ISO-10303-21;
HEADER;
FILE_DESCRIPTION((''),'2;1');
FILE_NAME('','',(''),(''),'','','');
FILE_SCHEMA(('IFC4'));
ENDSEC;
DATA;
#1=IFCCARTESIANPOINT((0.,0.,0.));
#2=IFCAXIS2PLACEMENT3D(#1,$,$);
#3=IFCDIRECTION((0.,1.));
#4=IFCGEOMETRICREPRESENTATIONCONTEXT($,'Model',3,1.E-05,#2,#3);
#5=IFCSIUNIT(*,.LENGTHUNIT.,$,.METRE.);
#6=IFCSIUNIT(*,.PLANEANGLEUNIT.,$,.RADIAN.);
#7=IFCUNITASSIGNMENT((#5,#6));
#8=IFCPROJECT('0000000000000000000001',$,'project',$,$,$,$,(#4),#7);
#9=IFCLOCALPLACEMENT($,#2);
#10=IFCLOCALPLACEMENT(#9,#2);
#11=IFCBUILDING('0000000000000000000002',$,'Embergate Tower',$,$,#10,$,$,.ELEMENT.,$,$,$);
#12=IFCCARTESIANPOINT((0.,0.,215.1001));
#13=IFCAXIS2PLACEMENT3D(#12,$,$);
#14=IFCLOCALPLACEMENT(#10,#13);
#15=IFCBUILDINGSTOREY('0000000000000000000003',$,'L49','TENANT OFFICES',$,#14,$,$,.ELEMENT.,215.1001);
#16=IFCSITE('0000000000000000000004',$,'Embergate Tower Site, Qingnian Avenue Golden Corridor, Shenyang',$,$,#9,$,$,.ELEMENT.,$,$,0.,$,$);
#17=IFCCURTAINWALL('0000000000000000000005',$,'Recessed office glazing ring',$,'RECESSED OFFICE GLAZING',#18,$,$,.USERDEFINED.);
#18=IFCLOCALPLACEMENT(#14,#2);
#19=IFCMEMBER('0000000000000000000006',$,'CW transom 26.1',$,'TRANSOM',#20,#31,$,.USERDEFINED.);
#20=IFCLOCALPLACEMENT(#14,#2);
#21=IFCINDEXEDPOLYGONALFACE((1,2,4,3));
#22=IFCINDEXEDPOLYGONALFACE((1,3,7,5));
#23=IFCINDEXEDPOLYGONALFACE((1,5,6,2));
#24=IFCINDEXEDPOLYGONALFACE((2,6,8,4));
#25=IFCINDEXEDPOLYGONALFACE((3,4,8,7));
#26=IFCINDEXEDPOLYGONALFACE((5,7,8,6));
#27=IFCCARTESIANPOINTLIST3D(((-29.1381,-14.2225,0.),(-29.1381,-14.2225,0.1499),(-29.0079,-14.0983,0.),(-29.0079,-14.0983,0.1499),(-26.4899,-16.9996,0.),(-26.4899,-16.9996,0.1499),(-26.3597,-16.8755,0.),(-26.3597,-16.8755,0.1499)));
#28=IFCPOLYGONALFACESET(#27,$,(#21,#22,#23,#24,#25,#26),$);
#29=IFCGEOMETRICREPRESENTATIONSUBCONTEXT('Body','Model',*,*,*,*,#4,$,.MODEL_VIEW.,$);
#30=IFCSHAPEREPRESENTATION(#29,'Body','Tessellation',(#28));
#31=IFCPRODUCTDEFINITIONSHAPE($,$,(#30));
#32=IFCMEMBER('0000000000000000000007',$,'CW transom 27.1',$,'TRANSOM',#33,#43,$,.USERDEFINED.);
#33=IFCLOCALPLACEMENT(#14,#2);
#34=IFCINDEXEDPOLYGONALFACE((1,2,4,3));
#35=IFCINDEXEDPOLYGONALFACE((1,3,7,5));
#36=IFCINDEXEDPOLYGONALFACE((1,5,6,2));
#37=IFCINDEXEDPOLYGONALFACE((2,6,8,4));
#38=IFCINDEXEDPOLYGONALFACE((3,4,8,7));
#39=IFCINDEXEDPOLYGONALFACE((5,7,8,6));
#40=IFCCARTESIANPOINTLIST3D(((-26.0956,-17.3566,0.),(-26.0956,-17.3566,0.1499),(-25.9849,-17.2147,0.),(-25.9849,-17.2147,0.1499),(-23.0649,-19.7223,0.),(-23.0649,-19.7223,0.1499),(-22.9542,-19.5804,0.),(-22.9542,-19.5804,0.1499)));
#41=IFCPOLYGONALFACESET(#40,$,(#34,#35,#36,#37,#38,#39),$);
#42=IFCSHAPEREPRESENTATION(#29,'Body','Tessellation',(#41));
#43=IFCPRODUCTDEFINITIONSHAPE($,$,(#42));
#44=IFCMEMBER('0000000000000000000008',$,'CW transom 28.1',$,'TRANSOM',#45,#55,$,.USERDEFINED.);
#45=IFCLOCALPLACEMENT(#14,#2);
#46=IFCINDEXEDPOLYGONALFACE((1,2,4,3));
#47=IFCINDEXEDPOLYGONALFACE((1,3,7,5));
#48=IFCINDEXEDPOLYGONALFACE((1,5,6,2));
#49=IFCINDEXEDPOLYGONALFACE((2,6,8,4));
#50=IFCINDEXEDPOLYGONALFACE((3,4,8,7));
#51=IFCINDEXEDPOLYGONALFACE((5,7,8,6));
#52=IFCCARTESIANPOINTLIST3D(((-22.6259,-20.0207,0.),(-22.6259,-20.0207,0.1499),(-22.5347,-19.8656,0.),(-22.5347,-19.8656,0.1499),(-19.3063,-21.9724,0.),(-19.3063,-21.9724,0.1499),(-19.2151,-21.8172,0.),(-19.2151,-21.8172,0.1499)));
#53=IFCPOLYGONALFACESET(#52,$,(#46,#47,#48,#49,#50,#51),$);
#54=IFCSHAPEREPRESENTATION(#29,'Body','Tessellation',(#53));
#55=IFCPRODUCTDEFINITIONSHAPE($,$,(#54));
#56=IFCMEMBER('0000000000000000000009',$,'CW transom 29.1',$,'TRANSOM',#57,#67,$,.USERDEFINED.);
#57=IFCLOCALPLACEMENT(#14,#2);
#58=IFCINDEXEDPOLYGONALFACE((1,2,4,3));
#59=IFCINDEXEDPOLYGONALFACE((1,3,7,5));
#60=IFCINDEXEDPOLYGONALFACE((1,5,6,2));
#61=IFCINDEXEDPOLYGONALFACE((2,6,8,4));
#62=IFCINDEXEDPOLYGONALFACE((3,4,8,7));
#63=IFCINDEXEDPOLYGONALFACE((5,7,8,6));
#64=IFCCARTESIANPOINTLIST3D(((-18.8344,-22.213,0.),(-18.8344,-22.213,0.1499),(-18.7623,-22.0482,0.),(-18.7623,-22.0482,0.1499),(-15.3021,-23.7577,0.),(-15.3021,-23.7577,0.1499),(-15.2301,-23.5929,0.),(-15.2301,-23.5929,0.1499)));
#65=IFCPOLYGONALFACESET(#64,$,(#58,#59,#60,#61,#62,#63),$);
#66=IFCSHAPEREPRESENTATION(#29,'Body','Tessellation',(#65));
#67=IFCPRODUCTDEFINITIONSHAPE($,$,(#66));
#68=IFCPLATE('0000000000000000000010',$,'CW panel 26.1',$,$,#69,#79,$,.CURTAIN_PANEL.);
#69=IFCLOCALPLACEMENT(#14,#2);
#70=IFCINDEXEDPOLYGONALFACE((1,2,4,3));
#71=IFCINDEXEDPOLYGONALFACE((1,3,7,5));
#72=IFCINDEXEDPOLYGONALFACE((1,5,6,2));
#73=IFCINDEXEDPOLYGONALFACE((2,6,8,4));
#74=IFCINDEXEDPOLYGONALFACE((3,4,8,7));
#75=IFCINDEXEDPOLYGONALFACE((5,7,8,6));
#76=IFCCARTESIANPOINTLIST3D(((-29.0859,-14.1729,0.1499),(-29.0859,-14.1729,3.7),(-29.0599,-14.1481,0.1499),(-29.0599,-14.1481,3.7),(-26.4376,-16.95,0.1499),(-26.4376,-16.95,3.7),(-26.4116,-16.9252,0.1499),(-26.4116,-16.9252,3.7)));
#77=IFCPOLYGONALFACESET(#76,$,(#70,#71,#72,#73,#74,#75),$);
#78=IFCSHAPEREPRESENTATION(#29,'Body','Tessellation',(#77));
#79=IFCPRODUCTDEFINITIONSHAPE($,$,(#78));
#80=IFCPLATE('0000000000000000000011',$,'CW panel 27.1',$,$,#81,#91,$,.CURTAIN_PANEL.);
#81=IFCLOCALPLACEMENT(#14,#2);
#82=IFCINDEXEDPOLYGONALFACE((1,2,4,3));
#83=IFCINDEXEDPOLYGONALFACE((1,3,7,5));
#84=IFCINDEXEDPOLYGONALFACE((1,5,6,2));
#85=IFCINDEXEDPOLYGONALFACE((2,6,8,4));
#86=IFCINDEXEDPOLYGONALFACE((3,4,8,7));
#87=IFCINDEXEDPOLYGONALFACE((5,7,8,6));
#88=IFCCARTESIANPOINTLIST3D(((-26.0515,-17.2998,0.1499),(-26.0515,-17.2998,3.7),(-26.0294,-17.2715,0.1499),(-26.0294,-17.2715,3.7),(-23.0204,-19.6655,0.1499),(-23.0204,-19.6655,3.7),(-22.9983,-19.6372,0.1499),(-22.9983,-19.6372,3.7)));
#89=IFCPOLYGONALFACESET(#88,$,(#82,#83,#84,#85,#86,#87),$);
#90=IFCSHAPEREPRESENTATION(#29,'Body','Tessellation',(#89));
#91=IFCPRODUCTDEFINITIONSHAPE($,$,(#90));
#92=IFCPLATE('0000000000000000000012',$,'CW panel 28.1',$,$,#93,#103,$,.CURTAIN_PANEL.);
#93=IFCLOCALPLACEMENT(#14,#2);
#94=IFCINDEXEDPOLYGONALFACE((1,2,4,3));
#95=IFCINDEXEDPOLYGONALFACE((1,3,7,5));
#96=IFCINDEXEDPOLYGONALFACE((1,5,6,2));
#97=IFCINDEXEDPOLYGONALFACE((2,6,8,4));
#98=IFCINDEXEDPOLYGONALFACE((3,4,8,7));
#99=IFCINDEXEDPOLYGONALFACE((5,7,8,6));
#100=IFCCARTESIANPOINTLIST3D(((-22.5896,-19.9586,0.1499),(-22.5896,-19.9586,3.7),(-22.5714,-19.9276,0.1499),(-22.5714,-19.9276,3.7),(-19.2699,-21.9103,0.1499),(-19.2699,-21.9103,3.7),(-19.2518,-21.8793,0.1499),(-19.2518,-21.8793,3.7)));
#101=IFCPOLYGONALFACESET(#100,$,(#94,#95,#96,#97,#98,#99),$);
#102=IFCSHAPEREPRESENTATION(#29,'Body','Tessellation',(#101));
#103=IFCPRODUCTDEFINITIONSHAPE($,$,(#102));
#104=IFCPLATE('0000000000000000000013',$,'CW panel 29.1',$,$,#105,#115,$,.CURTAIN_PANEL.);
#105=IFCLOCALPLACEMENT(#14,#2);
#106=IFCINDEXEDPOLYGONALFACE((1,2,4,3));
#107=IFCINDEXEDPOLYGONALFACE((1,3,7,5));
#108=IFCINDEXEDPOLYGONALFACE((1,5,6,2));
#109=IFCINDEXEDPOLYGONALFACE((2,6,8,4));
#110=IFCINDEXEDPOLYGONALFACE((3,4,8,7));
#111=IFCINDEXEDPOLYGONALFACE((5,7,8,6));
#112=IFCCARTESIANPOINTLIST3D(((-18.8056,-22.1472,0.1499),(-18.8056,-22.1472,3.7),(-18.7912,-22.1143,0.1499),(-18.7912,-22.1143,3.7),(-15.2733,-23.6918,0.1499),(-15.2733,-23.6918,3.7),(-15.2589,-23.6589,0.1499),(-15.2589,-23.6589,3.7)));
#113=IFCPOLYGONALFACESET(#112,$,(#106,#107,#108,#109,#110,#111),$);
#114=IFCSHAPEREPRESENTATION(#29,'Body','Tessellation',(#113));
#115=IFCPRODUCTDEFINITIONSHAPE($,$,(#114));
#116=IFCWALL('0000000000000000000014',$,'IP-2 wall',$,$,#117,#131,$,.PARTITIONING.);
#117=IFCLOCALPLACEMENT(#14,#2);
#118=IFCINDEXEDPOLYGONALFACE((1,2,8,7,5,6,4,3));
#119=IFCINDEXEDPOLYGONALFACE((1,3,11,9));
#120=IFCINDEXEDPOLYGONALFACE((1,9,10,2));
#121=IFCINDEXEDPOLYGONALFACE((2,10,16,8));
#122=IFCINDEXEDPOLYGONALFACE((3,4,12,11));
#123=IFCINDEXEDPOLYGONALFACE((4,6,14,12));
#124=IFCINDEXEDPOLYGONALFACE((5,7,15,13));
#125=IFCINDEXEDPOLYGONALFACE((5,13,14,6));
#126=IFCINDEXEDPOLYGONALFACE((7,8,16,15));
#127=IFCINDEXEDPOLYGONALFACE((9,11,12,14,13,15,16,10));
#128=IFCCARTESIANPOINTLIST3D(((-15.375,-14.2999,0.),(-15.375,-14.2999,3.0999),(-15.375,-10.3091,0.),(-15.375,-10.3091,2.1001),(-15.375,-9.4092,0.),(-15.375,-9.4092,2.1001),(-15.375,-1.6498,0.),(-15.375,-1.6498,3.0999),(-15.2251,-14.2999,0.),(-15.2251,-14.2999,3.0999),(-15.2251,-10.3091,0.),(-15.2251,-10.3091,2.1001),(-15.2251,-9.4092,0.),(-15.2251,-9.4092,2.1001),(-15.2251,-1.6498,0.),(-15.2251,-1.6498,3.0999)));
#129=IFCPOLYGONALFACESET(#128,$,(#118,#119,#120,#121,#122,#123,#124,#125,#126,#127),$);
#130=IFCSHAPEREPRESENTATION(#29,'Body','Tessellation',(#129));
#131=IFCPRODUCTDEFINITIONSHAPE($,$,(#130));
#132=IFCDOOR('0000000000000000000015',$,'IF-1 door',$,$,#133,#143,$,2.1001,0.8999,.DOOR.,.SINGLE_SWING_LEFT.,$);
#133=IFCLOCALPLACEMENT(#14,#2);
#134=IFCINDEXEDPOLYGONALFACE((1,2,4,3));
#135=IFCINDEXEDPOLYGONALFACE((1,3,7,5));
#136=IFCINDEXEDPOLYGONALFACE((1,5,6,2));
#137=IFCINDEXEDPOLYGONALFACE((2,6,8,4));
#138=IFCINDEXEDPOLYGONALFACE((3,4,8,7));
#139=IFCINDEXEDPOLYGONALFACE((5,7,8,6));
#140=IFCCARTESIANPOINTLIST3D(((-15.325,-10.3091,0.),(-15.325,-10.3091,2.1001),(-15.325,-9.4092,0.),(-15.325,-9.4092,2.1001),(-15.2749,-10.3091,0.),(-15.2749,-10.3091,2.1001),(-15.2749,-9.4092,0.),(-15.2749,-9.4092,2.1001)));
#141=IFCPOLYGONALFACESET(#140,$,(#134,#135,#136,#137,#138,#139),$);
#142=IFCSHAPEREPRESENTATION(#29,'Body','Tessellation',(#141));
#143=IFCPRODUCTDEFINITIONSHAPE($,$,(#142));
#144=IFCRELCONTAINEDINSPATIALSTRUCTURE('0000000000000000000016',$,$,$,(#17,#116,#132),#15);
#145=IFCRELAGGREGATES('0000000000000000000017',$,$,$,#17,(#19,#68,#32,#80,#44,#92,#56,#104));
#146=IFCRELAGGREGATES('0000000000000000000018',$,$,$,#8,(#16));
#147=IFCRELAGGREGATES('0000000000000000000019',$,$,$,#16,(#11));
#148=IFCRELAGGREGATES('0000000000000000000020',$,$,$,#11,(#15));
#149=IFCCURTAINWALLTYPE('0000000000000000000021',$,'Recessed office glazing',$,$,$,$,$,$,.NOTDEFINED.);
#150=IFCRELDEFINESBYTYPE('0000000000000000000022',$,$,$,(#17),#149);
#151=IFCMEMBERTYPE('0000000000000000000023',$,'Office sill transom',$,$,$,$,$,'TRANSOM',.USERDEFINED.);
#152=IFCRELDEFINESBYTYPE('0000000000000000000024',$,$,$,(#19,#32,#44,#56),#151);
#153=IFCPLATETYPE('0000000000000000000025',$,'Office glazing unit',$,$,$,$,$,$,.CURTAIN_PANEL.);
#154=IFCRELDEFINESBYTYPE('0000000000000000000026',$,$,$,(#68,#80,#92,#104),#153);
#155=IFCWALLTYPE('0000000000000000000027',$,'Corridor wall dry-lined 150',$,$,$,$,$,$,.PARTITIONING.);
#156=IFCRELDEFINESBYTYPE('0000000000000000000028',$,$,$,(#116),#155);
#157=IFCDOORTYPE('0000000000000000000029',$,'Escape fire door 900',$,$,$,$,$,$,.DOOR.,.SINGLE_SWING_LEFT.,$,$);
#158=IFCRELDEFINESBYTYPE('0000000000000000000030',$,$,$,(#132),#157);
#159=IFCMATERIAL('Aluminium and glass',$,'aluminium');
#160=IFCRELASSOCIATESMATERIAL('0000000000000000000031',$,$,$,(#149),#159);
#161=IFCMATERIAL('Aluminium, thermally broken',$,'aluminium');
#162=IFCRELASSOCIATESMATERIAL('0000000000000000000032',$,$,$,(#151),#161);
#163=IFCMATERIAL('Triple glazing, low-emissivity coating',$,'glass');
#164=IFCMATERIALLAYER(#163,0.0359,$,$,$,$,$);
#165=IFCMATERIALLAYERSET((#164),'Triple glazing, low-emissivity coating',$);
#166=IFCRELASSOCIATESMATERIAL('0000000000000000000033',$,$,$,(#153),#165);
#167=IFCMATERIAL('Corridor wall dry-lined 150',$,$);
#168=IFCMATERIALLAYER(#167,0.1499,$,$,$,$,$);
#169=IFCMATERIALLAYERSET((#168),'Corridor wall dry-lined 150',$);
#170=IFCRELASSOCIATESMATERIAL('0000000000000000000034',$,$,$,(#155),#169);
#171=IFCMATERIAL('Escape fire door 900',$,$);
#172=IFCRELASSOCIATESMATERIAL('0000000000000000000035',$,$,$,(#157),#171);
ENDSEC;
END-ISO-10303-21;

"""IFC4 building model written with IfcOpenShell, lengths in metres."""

from ifc_helpers import new_model, si_unit, direction, frame, frame_2d, origin, origin_2d, place, context, subcontext, project, spatial, rectangle, extrude, source, transform, mapped, material, layer, layer_set, material_profile, profile_set, type_object, element, fill, aggregate, save


model = new_model("IFC4")

# Units and contexts
model_context = context("Model", 3, precision=1e-05, world=origin(), true_north=direction((0.0, 1.0)))
body_context = subcontext(model_context, "Body", "Model", "MODEL_VIEW")
ifc_project = project(units=[si_unit("LENGTHUNIT", "METRE"), si_unit("PLANEANGLEUNIT", "RADIAN")], contexts=[model_context])

# Site, building, storey
site_placement = place(None, origin())
site = spatial("IfcSite", under=ifc_project, at=site_placement, Name="Embergate Tower Site, Qingnian Avenue Golden Corridor, Shenyang", CompositionType="ELEMENT", RefElevation=0.0)
building_placement = place(site_placement, origin())
building = spatial("IfcBuilding", under=site, at=building_placement, Name="Embergate Tower", CompositionType="ELEMENT")
storey_placement = place(building_placement, frame((0.0, 0.0, 215.1001)))
storey = spatial("IfcBuildingStorey", under=building, at=storey_placement, Name="L49", Description="TENANT OFFICES", CompositionType="ELEMENT", Elevation=215.1001)

# Curtain wall, members, plates
ifc_material_1 = material(Name="Aluminium and glass", Category="aluminium")
curtain_wall_type = type_object("IfcCurtainWallType", Name="Recessed office glazing", PredefinedType="NOTDEFINED", material=ifc_material_1)
curtain_wall_placement = place(storey_placement, origin())
curtain_wall = element("IfcCurtainWall", 1, at=curtain_wall_placement, inside=storey, type_object=curtain_wall_type, Name="Recessed office glazing ring", ObjectType="RECESSED OFFICE GLAZING", PredefinedType="USERDEFINED")
ifc_material_2 = material(Name="Aluminium, thermally broken", Category="aluminium")
ifc_material_profile_1 = material_profile(ifc_material_2, rectangle(XDim=0.1799, YDim=0.1499, at=origin_2d()), Name="AL 150x180")
ifc_profile_set_1 = profile_set([ifc_material_profile_1], Name="Aluminium, thermally broken")
member_type_1 = type_object("IfcMemberType", Name="Office sill transom", ElementType="TRANSOM", PredefinedType="USERDEFINED", material=ifc_profile_set_1)
shared_shape_1 = source(origin(), body_context, "Body", "SweptSolid", [
    extrude(rectangle(XDim=0.1799, YDim=0.1499, at=origin_2d()), origin(), (0.0, 0.0, 1.0), 3.8374),
])
member_1_placement = place(storey_placement, frame((-29.073, -14.1604, 0.075), z_axis=(0.690111, -0.723704, 0.0), x_axis=(0.723704, 0.690111, 0.0)))
member_1 = element("IfcMember", 2, at=member_1_placement, type_object=member_type_1, Name="CW transom 26.1", ObjectType="TRANSOM", PredefinedType="USERDEFINED", context=body_context, shape_type="MappedRepresentation", body=[
    mapped(shared_shape_1, transform((0.0, 0.0, 0.0))),
])
shared_shape_2 = source(origin(), body_context, "Body", "SweptSolid", [
    extrude(rectangle(XDim=0.1799, YDim=0.1499, at=origin_2d()), origin(), (0.0, 0.0, 1.0), 3.8447),
])
member_2_placement = place(storey_placement, frame((-26.0403, -17.2856, 0.075), z_axis=(0.788284, -0.615311, 0.0), x_axis=(0.615311, 0.788284, 0.0)))
member_2 = element("IfcMember", 3, at=member_2_placement, type_object=member_type_1, Name="CW transom 27.1", ObjectType="TRANSOM", PredefinedType="USERDEFINED", context=body_context, shape_type="MappedRepresentation", body=[
    mapped(shared_shape_2, transform((0.0, 0.0, 0.0))),
])
shared_shape_3 = source(origin(), body_context, "Body", "SweptSolid", [
    extrude(rectangle(XDim=0.1799, YDim=0.1499, at=origin_2d()), origin(), (0.0, 0.0, 1.0), 3.8508),
])
member_3_placement = place(storey_placement, frame((-22.5803, -19.9431, 0.075), z_axis=(0.862052, -0.506821, 0.0), x_axis=(0.506821, 0.862052, 0.0)))
member_3 = element("IfcMember", 4, at=member_3_placement, type_object=member_type_1, Name="CW transom 28.1", ObjectType="TRANSOM", PredefinedType="USERDEFINED", context=body_context, shape_type="MappedRepresentation", body=[
    mapped(shared_shape_3, transform((0.0, 0.0, 0.0))),
])
shared_shape_4 = source(origin(), body_context, "Body", "SweptSolid", [
    extrude(rectangle(XDim=0.1799, YDim=0.1499, at=origin_2d()), origin(), (0.0, 0.0, 1.0), 3.8552),
])
member_4_placement = place(storey_placement, frame((-18.7983, -22.1306, 0.075), z_axis=(0.916221, -0.400673, 0.0), x_axis=(0.400673, 0.916221, 0.0)))
member_4 = element("IfcMember", 5, at=member_4_placement, type_object=member_type_1, Name="CW transom 29.1", ObjectType="TRANSOM", PredefinedType="USERDEFINED", context=body_context, shape_type="MappedRepresentation", body=[
    mapped(shared_shape_4, transform((0.0, 0.0, 0.0))),
])
ifc_material_3 = material(Name="Triple glazing, low-emissivity coating", Category="glass")
ifc_layer_1 = layer(ifc_material_3, 0.0359)
ifc_layer_set_1 = layer_set([ifc_layer_1], Name="Triple glazing, low-emissivity coating")
plate_type = type_object("IfcPlateType", Name="Office glazing unit", PredefinedType="CURTAIN_PANEL", material=ifc_layer_set_1)
shared_shape_5 = source(origin(), body_context, "Body", "SweptSolid", [
    extrude(rectangle(XDim=3.8374, YDim=0.0359, at=origin_2d()), origin(), (0.0, 0.0, 1.0), 3.55),
])
plate_1_placement = place(storey_placement, frame((-27.7488, -15.5491, 0.1499), z_axis=(0.0, 0.0, 1.0), x_axis=(0.690129, -0.723687, 0.0)))
plate_1 = element("IfcPlate", 6, at=plate_1_placement, type_object=plate_type, Name="CW panel 26.1", PredefinedType="CURTAIN_PANEL", context=body_context, shape_type="MappedRepresentation", body=[
    mapped(shared_shape_5, transform((0.0, 0.0, 0.0))),
])
shared_shape_6 = source(origin(), body_context, "Body", "SweptSolid", [
    extrude(rectangle(XDim=3.845, YDim=0.0359, at=origin_2d()), origin(), (0.0, 0.0, 1.0), 3.55),
])
plate_2_placement = place(storey_placement, frame((-24.5249, -18.4685, 0.1499), z_axis=(0.0, 0.0, 1.0), x_axis=(0.788316, -0.615271, 0.0)))
plate_2 = element("IfcPlate", 7, at=plate_2_placement, type_object=plate_type, Name="CW panel 27.1", PredefinedType="CURTAIN_PANEL", context=body_context, shape_type="MappedRepresentation", body=[
    mapped(shared_shape_6, transform((0.0, 0.0, 0.0))),
])
shared_shape_7 = source(origin(), body_context, "Body", "SweptSolid", [
    extrude(rectangle(XDim=3.8508, YDim=0.0359, at=origin_2d()), origin(), (0.0, 0.0, 1.0), 3.55),
])
plate_3_placement = place(storey_placement, frame((-20.9207, -20.9189, 0.1499), z_axis=(0.0, 0.0, 1.0), x_axis=(0.86205, -0.506824, 0.0)))
plate_3 = element("IfcPlate", 8, at=plate_3_placement, type_object=plate_type, Name="CW panel 28.1", PredefinedType="CURTAIN_PANEL", context=body_context, shape_type="MappedRepresentation", body=[
    mapped(shared_shape_7, transform((0.0, 0.0, 0.0))),
])
shared_shape_8 = source(origin(), body_context, "Body", "SweptSolid", [
    extrude(rectangle(XDim=3.8552, YDim=0.0359, at=origin_2d()), origin(), (0.0, 0.0, 1.0), 3.55),
])
plate_4_placement = place(storey_placement, frame((-17.0322, -22.9031, 0.1499), z_axis=(0.0, 0.0, 1.0), x_axis=(0.916233, -0.400645, 0.0)))
plate_4 = element("IfcPlate", 9, at=plate_4_placement, type_object=plate_type, Name="CW panel 29.1", PredefinedType="CURTAIN_PANEL", context=body_context, shape_type="MappedRepresentation", body=[
    mapped(shared_shape_8, transform((0.0, 0.0, 0.0))),
])
aggregate(curtain_wall, [member_1, plate_1, member_2, plate_2, member_3, plate_3, member_4, plate_4])

# Wall, opening, door
ifc_material_4 = material(Name="Corridor wall dry-lined 150")
ifc_layer_2 = layer(ifc_material_4, 0.1499)
ifc_layer_set_2 = layer_set([ifc_layer_2], Name="Corridor wall dry-lined 150")
wall_type_1 = type_object("IfcWallType", Name="Corridor wall dry-lined 150", PredefinedType="PARTITIONING", material=ifc_layer_set_2)
shared_shape_9 = source(origin(), body_context, "Body", "SweptSolid", [
    extrude(rectangle(XDim=12.6501, YDim=0.1499, at=frame_2d((6.3252, 0.0))), origin(), (0.0, 0.0, 1.0), 3.0999),
])
wall_1_placement = place(storey_placement, frame((-15.3, -14.3, 0.0), z_axis=(0.0, 0.0, 1.0), x_axis=(0.0, 1.0, 0.0)))
wall_1 = element("IfcWall", 10, at=wall_1_placement, inside=storey, type_object=wall_type_1, Name="IP-2 wall", PredefinedType="PARTITIONING", context=body_context, shape_type="MappedRepresentation", body=[
    mapped(shared_shape_9, transform((0.0, 0.0, 0.0))),
])
shared_shape_10 = source(origin(), body_context, "Body", "SweptSolid", [
    extrude(rectangle(XDim=0.8999, YDim=2.1001, at=frame_2d((0.45, 1.05))), frame((0.0, 0.085, 0.0), z_axis=(0.0, -1.0, 0.0), x_axis=(1.0, 0.0, 0.0)), (0.0, 0.0, 1.0), 0.1699),
])
opening_1_placement = place(wall_1_placement, frame((3.991, 0.0, 0.0)))
opening_1 = element("IfcOpeningElement", 11, at=opening_1_placement, cuts=wall_1, PredefinedType="OPENING", context=body_context, shape_type="MappedRepresentation", body=[
    mapped(shared_shape_10, transform((0.0, 0.0, 0.0))),
])
ifc_material_5 = material(Name="Escape fire door 900")
door_type_1 = type_object("IfcDoorType", Name="Escape fire door 900", OperationType="SINGLE_SWING_LEFT", PredefinedType="DOOR", material=ifc_material_5)
shared_shape_11 = source(origin(), body_context, "Body", "SweptSolid", [
    extrude(rectangle(XDim=0.8999, YDim=2.1001, at=frame_2d((0.45, 1.05))), frame((0.0, 0.0249, 0.0), z_axis=(0.0, -1.0, 0.0), x_axis=(1.0, 0.0, 0.0)), (0.0, 0.0, 1.0), 0.05),
])
door_1_placement = place(opening_1_placement, origin())
door_1 = element("IfcDoor", 12, at=door_1_placement, inside=storey, type_object=door_type_1, Name="IF-1 door", OperationType="SINGLE_SWING_LEFT", OverallHeight=2.1001, OverallWidth=0.8999, PredefinedType="DOOR", context=body_context, shape_type="MappedRepresentation", body=[
    mapped(shared_shape_11, transform((0.0, 0.0, 0.0))),
])
fill(opening_1, door_1)

save(model, "model.ifc")
